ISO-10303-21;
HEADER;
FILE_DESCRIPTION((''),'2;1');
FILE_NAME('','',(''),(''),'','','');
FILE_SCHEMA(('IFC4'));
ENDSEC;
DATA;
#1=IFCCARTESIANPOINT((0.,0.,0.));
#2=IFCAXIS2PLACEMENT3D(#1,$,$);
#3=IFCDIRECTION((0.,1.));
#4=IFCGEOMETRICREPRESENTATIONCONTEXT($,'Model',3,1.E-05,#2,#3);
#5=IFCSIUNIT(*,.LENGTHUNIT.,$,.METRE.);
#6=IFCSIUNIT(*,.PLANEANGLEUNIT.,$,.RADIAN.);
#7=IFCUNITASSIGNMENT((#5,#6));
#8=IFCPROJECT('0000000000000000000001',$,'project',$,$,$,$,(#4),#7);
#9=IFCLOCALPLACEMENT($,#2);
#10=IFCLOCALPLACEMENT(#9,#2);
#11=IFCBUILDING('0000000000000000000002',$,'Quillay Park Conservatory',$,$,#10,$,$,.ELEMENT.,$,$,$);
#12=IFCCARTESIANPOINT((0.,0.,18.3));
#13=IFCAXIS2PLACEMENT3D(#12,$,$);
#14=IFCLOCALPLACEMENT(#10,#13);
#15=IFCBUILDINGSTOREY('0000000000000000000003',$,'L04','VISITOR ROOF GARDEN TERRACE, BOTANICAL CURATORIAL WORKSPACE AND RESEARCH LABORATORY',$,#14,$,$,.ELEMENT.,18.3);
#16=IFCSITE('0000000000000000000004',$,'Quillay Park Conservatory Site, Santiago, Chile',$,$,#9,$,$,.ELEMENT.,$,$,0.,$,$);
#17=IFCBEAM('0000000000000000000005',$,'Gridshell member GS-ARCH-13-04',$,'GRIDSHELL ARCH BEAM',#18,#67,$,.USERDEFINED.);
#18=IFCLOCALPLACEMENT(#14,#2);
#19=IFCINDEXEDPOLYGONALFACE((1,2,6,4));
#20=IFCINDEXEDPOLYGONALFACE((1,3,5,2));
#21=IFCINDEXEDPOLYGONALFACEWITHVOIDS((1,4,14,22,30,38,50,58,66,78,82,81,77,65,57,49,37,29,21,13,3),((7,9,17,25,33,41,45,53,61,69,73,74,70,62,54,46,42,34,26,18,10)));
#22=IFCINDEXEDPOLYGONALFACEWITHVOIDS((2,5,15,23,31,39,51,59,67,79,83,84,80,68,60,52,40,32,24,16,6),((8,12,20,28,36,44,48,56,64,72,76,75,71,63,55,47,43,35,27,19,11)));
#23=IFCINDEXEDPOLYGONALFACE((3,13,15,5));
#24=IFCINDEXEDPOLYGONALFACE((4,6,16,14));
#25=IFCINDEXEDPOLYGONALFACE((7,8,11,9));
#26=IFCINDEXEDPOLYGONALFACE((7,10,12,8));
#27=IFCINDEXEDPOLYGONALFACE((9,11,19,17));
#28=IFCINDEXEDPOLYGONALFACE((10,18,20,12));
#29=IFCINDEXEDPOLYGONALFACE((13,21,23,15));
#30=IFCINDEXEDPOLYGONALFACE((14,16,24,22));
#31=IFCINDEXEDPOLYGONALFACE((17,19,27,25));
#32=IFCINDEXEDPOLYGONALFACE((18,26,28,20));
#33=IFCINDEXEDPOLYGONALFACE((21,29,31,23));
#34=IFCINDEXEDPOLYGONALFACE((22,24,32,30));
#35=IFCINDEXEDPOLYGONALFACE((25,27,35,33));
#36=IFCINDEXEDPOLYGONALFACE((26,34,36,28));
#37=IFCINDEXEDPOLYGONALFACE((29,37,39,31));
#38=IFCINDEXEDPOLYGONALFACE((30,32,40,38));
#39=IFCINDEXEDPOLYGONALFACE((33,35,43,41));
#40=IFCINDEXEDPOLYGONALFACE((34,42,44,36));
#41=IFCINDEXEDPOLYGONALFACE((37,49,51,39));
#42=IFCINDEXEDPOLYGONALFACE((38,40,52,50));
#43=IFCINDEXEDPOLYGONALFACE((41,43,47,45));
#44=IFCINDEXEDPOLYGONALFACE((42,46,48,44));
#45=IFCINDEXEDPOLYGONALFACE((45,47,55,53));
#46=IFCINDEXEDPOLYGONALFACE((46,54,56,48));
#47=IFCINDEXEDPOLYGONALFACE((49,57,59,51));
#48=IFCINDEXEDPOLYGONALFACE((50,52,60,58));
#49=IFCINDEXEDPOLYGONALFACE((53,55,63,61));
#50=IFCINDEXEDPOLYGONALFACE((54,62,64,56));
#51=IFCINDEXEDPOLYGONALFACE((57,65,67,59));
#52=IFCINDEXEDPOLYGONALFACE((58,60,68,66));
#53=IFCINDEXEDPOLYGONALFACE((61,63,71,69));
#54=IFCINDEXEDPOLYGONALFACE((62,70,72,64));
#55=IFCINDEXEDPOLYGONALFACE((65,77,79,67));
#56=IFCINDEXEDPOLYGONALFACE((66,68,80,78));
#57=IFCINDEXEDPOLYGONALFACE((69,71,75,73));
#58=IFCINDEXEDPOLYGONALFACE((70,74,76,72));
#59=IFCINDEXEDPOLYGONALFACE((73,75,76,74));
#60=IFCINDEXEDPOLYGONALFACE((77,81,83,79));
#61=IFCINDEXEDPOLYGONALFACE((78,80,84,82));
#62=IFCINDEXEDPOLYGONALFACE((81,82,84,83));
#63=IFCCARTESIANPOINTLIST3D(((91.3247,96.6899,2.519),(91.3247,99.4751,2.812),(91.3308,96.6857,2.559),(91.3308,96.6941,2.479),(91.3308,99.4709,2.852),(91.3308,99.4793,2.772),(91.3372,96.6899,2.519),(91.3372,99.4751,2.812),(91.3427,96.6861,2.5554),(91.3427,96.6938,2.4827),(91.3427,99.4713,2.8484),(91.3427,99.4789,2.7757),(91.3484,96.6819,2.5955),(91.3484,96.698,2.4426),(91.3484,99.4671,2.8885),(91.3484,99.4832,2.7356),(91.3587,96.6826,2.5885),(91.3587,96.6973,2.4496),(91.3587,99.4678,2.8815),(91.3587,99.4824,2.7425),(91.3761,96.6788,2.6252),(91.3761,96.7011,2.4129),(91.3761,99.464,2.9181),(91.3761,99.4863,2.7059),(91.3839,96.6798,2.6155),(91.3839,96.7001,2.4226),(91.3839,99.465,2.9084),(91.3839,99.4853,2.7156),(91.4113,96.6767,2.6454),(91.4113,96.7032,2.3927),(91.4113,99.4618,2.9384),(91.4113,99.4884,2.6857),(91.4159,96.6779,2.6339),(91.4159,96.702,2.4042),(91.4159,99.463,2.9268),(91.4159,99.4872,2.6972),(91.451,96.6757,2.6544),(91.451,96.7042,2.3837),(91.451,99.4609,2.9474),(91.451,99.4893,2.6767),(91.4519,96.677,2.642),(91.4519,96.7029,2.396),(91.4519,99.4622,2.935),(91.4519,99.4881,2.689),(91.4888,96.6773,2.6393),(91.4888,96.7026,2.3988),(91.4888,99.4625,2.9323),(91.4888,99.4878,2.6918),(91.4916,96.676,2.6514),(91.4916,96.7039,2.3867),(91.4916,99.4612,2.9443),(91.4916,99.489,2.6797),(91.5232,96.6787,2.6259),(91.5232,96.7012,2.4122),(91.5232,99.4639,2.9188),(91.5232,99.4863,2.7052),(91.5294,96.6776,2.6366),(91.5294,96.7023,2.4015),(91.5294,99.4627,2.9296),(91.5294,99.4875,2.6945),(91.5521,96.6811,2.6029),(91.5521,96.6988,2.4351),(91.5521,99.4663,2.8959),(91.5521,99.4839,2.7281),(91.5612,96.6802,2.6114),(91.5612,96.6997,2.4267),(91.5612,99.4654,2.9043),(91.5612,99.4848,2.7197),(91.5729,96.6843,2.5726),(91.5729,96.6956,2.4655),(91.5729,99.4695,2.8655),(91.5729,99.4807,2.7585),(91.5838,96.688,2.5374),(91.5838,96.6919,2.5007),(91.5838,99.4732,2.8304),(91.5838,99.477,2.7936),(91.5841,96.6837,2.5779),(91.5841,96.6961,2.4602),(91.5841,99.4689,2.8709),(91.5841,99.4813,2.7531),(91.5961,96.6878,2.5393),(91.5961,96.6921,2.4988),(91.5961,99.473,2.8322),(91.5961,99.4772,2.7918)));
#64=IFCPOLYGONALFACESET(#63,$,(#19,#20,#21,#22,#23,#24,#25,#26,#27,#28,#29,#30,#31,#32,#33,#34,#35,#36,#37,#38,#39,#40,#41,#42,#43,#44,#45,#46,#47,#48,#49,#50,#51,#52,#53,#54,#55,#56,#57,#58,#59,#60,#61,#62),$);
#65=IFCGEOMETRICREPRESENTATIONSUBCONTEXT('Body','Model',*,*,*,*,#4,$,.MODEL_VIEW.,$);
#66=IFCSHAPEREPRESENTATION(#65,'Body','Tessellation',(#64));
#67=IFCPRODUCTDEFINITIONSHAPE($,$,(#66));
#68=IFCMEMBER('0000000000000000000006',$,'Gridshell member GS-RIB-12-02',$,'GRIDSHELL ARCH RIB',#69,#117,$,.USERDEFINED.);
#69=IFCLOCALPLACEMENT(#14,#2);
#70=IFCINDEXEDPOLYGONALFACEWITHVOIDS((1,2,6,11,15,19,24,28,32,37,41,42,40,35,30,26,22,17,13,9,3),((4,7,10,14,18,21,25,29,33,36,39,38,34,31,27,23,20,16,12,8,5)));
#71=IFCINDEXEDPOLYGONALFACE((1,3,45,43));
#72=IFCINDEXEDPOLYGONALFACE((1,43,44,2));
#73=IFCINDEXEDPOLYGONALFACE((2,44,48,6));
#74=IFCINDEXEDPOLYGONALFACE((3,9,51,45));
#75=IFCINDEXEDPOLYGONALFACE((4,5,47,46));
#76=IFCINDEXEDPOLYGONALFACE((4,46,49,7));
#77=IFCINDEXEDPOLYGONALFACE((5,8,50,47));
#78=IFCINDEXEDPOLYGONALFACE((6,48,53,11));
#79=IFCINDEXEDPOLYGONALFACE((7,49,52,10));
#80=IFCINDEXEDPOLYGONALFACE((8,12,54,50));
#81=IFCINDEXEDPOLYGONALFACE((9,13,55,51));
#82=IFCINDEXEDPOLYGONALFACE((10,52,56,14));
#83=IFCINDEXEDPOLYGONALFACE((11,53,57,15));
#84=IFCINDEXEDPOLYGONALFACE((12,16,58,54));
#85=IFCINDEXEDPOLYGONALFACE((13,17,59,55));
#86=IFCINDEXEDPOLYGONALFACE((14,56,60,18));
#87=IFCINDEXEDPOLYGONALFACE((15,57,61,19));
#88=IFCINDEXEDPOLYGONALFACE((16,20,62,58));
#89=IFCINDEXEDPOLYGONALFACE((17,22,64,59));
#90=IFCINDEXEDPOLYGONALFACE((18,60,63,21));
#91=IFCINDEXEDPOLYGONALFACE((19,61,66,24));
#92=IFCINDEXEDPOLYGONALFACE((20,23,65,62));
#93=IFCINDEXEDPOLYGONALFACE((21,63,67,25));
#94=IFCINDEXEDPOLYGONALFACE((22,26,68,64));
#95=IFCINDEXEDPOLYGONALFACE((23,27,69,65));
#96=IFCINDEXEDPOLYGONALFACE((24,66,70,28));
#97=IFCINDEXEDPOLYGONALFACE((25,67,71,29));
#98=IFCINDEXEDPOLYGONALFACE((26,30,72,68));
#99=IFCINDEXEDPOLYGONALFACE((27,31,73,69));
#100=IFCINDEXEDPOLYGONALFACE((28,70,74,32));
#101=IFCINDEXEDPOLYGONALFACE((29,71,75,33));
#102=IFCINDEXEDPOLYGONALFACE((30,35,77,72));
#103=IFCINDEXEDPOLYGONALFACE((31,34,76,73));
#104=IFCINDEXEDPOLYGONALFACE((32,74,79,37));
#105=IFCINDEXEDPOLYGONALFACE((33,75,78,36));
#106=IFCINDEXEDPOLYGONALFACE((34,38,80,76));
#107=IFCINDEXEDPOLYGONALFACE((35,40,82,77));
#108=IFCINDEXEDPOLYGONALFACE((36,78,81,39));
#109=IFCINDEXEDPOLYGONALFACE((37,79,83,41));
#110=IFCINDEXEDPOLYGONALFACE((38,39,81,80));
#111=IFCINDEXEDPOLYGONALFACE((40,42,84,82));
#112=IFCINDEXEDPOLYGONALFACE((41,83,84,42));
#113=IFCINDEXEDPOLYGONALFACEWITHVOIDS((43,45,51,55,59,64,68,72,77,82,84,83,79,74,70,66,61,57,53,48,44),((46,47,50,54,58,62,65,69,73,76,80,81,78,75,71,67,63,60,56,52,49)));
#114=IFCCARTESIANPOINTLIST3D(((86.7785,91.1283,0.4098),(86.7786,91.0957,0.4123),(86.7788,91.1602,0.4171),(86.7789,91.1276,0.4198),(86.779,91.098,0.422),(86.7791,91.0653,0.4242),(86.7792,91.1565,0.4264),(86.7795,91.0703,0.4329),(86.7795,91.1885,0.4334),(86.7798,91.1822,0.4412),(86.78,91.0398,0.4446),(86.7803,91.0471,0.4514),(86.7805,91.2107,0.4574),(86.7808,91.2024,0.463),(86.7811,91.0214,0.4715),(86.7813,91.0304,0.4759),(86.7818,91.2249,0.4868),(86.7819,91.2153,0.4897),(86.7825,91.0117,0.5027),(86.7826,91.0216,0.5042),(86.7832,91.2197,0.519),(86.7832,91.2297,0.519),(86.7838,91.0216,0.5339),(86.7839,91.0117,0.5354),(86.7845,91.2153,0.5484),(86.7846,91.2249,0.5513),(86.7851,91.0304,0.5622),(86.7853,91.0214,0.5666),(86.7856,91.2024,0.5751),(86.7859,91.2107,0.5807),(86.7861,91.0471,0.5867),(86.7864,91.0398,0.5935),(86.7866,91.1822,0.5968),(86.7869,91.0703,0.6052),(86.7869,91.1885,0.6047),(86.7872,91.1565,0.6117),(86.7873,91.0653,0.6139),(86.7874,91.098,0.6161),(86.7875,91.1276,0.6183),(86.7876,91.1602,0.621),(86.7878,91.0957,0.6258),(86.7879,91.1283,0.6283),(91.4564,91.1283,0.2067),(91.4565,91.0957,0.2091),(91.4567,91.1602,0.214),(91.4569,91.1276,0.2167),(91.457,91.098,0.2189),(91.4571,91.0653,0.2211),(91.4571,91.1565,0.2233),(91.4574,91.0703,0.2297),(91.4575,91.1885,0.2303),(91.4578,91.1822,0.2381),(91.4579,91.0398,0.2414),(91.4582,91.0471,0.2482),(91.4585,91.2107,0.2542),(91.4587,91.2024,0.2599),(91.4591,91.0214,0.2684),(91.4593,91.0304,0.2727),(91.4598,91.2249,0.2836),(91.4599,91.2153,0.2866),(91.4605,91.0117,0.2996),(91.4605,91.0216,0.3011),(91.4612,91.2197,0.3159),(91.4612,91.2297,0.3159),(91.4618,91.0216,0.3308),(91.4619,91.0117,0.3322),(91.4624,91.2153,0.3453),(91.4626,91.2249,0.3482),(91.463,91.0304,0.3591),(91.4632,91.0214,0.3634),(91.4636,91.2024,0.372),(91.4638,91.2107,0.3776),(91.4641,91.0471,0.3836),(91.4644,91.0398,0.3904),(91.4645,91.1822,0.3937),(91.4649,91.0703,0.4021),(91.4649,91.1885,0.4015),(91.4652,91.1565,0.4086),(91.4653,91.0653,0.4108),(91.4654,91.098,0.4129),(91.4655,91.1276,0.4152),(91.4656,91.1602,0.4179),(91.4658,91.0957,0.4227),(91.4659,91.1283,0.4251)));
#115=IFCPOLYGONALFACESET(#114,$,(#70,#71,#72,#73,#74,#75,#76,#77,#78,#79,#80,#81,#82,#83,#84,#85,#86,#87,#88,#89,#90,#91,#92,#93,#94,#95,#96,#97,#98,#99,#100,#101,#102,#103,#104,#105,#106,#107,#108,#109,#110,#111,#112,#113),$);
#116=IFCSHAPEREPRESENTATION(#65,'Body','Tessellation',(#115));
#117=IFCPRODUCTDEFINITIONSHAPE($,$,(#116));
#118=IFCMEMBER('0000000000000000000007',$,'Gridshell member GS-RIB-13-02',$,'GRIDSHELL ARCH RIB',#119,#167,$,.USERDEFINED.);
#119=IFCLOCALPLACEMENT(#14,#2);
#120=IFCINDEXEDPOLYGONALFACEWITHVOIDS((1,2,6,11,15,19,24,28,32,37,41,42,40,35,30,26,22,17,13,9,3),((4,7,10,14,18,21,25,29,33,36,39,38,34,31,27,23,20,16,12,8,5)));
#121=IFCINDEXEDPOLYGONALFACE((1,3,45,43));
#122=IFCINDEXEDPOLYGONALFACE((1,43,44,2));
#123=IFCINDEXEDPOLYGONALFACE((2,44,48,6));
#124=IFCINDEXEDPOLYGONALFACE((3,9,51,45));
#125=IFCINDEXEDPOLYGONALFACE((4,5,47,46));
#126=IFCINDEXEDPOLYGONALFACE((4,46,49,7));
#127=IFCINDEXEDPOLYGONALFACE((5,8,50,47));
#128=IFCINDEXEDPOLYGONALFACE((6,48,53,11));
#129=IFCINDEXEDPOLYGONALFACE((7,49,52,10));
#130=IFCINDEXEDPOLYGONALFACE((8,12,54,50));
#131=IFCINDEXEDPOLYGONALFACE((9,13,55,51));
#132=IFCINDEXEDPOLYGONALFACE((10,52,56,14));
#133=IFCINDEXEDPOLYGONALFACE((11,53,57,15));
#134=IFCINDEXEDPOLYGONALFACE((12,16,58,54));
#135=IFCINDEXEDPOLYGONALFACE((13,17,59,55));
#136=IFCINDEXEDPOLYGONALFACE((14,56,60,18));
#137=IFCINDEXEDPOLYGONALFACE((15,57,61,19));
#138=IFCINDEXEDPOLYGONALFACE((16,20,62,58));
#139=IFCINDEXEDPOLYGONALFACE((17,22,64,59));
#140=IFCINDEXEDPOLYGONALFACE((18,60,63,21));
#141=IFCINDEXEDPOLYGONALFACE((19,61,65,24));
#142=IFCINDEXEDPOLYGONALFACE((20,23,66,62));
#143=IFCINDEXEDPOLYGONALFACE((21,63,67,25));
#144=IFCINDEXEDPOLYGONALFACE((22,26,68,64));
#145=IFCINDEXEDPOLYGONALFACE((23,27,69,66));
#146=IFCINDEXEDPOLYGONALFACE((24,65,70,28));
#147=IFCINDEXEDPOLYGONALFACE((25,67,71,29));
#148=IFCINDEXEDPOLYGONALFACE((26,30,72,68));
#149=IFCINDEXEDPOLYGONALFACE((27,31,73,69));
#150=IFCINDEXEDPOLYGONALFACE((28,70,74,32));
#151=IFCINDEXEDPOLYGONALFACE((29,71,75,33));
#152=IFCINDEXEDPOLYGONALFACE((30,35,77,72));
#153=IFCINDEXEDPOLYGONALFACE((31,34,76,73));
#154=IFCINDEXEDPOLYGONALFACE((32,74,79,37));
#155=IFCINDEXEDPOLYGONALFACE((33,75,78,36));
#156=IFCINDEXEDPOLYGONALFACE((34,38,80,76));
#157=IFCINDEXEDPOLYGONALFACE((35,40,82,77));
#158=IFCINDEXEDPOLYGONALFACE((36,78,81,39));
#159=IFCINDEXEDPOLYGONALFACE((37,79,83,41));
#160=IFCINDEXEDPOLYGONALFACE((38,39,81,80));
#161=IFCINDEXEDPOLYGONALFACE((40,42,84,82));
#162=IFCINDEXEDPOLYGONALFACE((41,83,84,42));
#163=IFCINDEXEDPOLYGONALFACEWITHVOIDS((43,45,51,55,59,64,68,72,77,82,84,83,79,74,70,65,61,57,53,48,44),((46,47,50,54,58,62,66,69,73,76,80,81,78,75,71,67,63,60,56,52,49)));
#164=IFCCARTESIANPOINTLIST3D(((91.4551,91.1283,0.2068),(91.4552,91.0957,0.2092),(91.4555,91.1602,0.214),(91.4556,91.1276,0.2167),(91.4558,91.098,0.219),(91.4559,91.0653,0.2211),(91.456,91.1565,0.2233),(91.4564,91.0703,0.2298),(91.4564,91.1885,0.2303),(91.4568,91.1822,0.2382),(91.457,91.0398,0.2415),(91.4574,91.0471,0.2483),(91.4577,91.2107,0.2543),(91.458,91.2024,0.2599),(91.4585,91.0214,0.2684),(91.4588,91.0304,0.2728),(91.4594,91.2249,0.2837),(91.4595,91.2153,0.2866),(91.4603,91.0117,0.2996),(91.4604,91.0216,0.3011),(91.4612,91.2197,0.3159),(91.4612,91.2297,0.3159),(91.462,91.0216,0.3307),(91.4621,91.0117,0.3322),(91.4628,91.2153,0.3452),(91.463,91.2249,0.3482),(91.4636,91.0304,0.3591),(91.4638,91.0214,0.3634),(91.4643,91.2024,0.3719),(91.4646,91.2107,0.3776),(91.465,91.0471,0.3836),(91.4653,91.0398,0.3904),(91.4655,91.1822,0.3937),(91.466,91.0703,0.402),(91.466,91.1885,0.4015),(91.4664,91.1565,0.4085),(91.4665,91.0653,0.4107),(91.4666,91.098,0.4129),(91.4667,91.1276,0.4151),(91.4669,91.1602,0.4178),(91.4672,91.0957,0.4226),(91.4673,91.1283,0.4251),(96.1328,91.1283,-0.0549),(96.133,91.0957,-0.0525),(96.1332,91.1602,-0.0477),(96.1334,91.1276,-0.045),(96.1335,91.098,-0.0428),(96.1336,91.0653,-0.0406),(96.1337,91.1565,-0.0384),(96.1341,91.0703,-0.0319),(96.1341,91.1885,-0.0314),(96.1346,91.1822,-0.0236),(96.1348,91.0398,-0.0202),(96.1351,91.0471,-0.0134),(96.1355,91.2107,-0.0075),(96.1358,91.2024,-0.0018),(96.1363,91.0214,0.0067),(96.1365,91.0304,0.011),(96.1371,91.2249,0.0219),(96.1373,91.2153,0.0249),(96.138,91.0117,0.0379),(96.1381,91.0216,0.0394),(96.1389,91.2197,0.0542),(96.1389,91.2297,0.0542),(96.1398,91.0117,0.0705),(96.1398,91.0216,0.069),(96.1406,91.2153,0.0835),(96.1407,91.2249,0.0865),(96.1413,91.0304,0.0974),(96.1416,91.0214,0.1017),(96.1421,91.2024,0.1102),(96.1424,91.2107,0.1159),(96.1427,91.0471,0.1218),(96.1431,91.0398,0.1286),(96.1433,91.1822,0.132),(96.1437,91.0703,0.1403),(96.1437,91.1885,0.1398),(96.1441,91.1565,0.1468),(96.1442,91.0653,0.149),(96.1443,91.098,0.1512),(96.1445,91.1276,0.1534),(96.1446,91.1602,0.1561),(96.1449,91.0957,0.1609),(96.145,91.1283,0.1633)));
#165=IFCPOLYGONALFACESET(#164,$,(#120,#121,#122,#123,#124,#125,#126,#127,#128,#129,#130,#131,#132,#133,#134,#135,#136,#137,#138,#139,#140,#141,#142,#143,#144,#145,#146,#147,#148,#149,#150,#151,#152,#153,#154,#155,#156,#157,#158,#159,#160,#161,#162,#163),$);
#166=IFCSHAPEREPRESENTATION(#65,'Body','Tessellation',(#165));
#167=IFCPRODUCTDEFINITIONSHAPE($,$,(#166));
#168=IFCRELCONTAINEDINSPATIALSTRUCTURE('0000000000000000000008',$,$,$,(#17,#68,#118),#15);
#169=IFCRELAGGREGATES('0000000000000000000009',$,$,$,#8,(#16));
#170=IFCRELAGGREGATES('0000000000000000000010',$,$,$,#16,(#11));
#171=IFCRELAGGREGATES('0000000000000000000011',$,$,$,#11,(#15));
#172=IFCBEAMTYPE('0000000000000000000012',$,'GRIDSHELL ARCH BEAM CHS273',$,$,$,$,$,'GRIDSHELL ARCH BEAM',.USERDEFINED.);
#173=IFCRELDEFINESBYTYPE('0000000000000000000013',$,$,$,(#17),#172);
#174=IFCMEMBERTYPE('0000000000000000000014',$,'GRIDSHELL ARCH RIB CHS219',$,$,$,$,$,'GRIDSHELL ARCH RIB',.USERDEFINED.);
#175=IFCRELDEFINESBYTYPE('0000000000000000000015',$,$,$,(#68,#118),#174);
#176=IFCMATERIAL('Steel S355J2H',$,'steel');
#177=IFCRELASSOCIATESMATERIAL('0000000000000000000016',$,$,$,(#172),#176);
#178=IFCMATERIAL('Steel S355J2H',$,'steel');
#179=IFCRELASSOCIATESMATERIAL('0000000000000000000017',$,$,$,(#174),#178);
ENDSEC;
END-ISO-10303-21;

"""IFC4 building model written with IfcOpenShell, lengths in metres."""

from ifc_helpers import new_model, si_unit, direction, frame, origin, origin_2d, place, context, subcontext, project, spatial, hollow_circle, extrude, material, material_profile, profile_set, type_object, element, save


model = new_model("IFC4")

# Units and contexts
model_context = context("Model", 3, precision=1e-05, world=origin(), true_north=direction((0.0, 1.0)))
body_context = subcontext(model_context, "Body", "Model", "MODEL_VIEW")
ifc_project = project(units=[si_unit("LENGTHUNIT", "METRE"), si_unit("PLANEANGLEUNIT", "RADIAN")], contexts=[model_context])

# Site, building, storey
site_placement = place(None, origin())
site = spatial("IfcSite", under=ifc_project, at=site_placement, Name="Quillay Park Conservatory Site, Santiago, Chile", CompositionType="ELEMENT", RefElevation=0.0)
building_placement = place(site_placement, origin())
building = spatial("IfcBuilding", under=site, at=building_placement, Name="Quillay Park Conservatory", CompositionType="ELEMENT")
storey_placement = place(building_placement, frame((0.0, 0.0, 18.3)))
storey = spatial("IfcBuildingStorey", under=building, at=storey_placement, Name="L04", Description="VISITOR ROOF GARDEN TERRACE, BOTANICAL CURATORIAL WORKSPACE AND RESEARCH LABORATORY", CompositionType="ELEMENT", Elevation=18.3)

# Beam
ifc_material_1 = material(Name="Steel S355J2H", Category="steel")
ifc_material_profile_1 = material_profile(ifc_material_1, hollow_circle(Radius=0.1365, WallThickness=0.0125, at=origin_2d()), Name="CHS273x12.5")
ifc_profile_set_1 = profile_set([ifc_material_profile_1], Name="Steel S355J2H")
beam_type = type_object("IfcBeamType", Name="GRIDSHELL ARCH BEAM CHS273", ElementType="GRIDSHELL ARCH BEAM", PredefinedType="USERDEFINED", material=ifc_profile_set_1)
beam_1_placement = place(storey_placement, frame((91.4612, 96.6899, 2.519), z_axis=(0.0, 0.994513, 0.104612), x_axis=(-1.0, 0.0, 0.0)))
element("IfcBeam", 1, at=beam_1_placement, inside=storey, type_object=beam_type, Name="Gridshell member GS-ARCH-13-04", ObjectType="GRIDSHELL ARCH BEAM", PredefinedType="USERDEFINED", context=body_context, shape_type="SweptSolid", body=[
    extrude(hollow_circle(Radius=0.1365, WallThickness=0.0125, at=origin_2d()), origin(), (0.0, 0.0, 1.0), 2.8005),
])

# Members
ifc_material_2 = material(Name="Steel S355J2H", Category="steel")
ifc_material_profile_2 = material_profile(ifc_material_2, hollow_circle(Radius=0.1096, WallThickness=0.01, at=origin_2d()), Name="CHS219.1x10")
ifc_profile_set_2 = profile_set([ifc_material_profile_2], Name="Steel S355J2H")
member_type = type_object("IfcMemberType", Name="GRIDSHELL ARCH RIB CHS219", ElementType="GRIDSHELL ARCH RIB", PredefinedType="USERDEFINED", material=ifc_profile_set_2)
member_1_placement = place(storey_placement, frame((86.7832, 91.1201, 0.519), z_axis=(0.999059, 0.0, -0.043381), x_axis=(0.0, 1.0, 0.0)))
element("IfcMember", 2, at=member_1_placement, inside=storey, type_object=member_type, Name="Gridshell member GS-RIB-12-02", ObjectType="GRIDSHELL ARCH RIB", PredefinedType="USERDEFINED", context=body_context, shape_type="SweptSolid", body=[
    extrude(hollow_circle(Radius=0.1096, WallThickness=0.01, at=origin_2d()), origin(), (0.0, 0.0, 1.0), 4.6824),
])
member_2_placement = place(storey_placement, frame((91.4612, 91.1201, 0.3159), z_axis=(0.998438, 0.0, -0.055863), x_axis=(0.0, 1.0, 0.0)))
element("IfcMember", 3, at=member_2_placement, inside=storey, type_object=member_type, Name="Gridshell member GS-RIB-13-02", ObjectType="GRIDSHELL ARCH RIB", PredefinedType="USERDEFINED", context=body_context, shape_type="SweptSolid", body=[
    extrude(hollow_circle(Radius=0.1096, WallThickness=0.01, at=origin_2d()), origin(), (0.0, 0.0, 1.0), 4.6851),
])

save(model, "model.ifc")
